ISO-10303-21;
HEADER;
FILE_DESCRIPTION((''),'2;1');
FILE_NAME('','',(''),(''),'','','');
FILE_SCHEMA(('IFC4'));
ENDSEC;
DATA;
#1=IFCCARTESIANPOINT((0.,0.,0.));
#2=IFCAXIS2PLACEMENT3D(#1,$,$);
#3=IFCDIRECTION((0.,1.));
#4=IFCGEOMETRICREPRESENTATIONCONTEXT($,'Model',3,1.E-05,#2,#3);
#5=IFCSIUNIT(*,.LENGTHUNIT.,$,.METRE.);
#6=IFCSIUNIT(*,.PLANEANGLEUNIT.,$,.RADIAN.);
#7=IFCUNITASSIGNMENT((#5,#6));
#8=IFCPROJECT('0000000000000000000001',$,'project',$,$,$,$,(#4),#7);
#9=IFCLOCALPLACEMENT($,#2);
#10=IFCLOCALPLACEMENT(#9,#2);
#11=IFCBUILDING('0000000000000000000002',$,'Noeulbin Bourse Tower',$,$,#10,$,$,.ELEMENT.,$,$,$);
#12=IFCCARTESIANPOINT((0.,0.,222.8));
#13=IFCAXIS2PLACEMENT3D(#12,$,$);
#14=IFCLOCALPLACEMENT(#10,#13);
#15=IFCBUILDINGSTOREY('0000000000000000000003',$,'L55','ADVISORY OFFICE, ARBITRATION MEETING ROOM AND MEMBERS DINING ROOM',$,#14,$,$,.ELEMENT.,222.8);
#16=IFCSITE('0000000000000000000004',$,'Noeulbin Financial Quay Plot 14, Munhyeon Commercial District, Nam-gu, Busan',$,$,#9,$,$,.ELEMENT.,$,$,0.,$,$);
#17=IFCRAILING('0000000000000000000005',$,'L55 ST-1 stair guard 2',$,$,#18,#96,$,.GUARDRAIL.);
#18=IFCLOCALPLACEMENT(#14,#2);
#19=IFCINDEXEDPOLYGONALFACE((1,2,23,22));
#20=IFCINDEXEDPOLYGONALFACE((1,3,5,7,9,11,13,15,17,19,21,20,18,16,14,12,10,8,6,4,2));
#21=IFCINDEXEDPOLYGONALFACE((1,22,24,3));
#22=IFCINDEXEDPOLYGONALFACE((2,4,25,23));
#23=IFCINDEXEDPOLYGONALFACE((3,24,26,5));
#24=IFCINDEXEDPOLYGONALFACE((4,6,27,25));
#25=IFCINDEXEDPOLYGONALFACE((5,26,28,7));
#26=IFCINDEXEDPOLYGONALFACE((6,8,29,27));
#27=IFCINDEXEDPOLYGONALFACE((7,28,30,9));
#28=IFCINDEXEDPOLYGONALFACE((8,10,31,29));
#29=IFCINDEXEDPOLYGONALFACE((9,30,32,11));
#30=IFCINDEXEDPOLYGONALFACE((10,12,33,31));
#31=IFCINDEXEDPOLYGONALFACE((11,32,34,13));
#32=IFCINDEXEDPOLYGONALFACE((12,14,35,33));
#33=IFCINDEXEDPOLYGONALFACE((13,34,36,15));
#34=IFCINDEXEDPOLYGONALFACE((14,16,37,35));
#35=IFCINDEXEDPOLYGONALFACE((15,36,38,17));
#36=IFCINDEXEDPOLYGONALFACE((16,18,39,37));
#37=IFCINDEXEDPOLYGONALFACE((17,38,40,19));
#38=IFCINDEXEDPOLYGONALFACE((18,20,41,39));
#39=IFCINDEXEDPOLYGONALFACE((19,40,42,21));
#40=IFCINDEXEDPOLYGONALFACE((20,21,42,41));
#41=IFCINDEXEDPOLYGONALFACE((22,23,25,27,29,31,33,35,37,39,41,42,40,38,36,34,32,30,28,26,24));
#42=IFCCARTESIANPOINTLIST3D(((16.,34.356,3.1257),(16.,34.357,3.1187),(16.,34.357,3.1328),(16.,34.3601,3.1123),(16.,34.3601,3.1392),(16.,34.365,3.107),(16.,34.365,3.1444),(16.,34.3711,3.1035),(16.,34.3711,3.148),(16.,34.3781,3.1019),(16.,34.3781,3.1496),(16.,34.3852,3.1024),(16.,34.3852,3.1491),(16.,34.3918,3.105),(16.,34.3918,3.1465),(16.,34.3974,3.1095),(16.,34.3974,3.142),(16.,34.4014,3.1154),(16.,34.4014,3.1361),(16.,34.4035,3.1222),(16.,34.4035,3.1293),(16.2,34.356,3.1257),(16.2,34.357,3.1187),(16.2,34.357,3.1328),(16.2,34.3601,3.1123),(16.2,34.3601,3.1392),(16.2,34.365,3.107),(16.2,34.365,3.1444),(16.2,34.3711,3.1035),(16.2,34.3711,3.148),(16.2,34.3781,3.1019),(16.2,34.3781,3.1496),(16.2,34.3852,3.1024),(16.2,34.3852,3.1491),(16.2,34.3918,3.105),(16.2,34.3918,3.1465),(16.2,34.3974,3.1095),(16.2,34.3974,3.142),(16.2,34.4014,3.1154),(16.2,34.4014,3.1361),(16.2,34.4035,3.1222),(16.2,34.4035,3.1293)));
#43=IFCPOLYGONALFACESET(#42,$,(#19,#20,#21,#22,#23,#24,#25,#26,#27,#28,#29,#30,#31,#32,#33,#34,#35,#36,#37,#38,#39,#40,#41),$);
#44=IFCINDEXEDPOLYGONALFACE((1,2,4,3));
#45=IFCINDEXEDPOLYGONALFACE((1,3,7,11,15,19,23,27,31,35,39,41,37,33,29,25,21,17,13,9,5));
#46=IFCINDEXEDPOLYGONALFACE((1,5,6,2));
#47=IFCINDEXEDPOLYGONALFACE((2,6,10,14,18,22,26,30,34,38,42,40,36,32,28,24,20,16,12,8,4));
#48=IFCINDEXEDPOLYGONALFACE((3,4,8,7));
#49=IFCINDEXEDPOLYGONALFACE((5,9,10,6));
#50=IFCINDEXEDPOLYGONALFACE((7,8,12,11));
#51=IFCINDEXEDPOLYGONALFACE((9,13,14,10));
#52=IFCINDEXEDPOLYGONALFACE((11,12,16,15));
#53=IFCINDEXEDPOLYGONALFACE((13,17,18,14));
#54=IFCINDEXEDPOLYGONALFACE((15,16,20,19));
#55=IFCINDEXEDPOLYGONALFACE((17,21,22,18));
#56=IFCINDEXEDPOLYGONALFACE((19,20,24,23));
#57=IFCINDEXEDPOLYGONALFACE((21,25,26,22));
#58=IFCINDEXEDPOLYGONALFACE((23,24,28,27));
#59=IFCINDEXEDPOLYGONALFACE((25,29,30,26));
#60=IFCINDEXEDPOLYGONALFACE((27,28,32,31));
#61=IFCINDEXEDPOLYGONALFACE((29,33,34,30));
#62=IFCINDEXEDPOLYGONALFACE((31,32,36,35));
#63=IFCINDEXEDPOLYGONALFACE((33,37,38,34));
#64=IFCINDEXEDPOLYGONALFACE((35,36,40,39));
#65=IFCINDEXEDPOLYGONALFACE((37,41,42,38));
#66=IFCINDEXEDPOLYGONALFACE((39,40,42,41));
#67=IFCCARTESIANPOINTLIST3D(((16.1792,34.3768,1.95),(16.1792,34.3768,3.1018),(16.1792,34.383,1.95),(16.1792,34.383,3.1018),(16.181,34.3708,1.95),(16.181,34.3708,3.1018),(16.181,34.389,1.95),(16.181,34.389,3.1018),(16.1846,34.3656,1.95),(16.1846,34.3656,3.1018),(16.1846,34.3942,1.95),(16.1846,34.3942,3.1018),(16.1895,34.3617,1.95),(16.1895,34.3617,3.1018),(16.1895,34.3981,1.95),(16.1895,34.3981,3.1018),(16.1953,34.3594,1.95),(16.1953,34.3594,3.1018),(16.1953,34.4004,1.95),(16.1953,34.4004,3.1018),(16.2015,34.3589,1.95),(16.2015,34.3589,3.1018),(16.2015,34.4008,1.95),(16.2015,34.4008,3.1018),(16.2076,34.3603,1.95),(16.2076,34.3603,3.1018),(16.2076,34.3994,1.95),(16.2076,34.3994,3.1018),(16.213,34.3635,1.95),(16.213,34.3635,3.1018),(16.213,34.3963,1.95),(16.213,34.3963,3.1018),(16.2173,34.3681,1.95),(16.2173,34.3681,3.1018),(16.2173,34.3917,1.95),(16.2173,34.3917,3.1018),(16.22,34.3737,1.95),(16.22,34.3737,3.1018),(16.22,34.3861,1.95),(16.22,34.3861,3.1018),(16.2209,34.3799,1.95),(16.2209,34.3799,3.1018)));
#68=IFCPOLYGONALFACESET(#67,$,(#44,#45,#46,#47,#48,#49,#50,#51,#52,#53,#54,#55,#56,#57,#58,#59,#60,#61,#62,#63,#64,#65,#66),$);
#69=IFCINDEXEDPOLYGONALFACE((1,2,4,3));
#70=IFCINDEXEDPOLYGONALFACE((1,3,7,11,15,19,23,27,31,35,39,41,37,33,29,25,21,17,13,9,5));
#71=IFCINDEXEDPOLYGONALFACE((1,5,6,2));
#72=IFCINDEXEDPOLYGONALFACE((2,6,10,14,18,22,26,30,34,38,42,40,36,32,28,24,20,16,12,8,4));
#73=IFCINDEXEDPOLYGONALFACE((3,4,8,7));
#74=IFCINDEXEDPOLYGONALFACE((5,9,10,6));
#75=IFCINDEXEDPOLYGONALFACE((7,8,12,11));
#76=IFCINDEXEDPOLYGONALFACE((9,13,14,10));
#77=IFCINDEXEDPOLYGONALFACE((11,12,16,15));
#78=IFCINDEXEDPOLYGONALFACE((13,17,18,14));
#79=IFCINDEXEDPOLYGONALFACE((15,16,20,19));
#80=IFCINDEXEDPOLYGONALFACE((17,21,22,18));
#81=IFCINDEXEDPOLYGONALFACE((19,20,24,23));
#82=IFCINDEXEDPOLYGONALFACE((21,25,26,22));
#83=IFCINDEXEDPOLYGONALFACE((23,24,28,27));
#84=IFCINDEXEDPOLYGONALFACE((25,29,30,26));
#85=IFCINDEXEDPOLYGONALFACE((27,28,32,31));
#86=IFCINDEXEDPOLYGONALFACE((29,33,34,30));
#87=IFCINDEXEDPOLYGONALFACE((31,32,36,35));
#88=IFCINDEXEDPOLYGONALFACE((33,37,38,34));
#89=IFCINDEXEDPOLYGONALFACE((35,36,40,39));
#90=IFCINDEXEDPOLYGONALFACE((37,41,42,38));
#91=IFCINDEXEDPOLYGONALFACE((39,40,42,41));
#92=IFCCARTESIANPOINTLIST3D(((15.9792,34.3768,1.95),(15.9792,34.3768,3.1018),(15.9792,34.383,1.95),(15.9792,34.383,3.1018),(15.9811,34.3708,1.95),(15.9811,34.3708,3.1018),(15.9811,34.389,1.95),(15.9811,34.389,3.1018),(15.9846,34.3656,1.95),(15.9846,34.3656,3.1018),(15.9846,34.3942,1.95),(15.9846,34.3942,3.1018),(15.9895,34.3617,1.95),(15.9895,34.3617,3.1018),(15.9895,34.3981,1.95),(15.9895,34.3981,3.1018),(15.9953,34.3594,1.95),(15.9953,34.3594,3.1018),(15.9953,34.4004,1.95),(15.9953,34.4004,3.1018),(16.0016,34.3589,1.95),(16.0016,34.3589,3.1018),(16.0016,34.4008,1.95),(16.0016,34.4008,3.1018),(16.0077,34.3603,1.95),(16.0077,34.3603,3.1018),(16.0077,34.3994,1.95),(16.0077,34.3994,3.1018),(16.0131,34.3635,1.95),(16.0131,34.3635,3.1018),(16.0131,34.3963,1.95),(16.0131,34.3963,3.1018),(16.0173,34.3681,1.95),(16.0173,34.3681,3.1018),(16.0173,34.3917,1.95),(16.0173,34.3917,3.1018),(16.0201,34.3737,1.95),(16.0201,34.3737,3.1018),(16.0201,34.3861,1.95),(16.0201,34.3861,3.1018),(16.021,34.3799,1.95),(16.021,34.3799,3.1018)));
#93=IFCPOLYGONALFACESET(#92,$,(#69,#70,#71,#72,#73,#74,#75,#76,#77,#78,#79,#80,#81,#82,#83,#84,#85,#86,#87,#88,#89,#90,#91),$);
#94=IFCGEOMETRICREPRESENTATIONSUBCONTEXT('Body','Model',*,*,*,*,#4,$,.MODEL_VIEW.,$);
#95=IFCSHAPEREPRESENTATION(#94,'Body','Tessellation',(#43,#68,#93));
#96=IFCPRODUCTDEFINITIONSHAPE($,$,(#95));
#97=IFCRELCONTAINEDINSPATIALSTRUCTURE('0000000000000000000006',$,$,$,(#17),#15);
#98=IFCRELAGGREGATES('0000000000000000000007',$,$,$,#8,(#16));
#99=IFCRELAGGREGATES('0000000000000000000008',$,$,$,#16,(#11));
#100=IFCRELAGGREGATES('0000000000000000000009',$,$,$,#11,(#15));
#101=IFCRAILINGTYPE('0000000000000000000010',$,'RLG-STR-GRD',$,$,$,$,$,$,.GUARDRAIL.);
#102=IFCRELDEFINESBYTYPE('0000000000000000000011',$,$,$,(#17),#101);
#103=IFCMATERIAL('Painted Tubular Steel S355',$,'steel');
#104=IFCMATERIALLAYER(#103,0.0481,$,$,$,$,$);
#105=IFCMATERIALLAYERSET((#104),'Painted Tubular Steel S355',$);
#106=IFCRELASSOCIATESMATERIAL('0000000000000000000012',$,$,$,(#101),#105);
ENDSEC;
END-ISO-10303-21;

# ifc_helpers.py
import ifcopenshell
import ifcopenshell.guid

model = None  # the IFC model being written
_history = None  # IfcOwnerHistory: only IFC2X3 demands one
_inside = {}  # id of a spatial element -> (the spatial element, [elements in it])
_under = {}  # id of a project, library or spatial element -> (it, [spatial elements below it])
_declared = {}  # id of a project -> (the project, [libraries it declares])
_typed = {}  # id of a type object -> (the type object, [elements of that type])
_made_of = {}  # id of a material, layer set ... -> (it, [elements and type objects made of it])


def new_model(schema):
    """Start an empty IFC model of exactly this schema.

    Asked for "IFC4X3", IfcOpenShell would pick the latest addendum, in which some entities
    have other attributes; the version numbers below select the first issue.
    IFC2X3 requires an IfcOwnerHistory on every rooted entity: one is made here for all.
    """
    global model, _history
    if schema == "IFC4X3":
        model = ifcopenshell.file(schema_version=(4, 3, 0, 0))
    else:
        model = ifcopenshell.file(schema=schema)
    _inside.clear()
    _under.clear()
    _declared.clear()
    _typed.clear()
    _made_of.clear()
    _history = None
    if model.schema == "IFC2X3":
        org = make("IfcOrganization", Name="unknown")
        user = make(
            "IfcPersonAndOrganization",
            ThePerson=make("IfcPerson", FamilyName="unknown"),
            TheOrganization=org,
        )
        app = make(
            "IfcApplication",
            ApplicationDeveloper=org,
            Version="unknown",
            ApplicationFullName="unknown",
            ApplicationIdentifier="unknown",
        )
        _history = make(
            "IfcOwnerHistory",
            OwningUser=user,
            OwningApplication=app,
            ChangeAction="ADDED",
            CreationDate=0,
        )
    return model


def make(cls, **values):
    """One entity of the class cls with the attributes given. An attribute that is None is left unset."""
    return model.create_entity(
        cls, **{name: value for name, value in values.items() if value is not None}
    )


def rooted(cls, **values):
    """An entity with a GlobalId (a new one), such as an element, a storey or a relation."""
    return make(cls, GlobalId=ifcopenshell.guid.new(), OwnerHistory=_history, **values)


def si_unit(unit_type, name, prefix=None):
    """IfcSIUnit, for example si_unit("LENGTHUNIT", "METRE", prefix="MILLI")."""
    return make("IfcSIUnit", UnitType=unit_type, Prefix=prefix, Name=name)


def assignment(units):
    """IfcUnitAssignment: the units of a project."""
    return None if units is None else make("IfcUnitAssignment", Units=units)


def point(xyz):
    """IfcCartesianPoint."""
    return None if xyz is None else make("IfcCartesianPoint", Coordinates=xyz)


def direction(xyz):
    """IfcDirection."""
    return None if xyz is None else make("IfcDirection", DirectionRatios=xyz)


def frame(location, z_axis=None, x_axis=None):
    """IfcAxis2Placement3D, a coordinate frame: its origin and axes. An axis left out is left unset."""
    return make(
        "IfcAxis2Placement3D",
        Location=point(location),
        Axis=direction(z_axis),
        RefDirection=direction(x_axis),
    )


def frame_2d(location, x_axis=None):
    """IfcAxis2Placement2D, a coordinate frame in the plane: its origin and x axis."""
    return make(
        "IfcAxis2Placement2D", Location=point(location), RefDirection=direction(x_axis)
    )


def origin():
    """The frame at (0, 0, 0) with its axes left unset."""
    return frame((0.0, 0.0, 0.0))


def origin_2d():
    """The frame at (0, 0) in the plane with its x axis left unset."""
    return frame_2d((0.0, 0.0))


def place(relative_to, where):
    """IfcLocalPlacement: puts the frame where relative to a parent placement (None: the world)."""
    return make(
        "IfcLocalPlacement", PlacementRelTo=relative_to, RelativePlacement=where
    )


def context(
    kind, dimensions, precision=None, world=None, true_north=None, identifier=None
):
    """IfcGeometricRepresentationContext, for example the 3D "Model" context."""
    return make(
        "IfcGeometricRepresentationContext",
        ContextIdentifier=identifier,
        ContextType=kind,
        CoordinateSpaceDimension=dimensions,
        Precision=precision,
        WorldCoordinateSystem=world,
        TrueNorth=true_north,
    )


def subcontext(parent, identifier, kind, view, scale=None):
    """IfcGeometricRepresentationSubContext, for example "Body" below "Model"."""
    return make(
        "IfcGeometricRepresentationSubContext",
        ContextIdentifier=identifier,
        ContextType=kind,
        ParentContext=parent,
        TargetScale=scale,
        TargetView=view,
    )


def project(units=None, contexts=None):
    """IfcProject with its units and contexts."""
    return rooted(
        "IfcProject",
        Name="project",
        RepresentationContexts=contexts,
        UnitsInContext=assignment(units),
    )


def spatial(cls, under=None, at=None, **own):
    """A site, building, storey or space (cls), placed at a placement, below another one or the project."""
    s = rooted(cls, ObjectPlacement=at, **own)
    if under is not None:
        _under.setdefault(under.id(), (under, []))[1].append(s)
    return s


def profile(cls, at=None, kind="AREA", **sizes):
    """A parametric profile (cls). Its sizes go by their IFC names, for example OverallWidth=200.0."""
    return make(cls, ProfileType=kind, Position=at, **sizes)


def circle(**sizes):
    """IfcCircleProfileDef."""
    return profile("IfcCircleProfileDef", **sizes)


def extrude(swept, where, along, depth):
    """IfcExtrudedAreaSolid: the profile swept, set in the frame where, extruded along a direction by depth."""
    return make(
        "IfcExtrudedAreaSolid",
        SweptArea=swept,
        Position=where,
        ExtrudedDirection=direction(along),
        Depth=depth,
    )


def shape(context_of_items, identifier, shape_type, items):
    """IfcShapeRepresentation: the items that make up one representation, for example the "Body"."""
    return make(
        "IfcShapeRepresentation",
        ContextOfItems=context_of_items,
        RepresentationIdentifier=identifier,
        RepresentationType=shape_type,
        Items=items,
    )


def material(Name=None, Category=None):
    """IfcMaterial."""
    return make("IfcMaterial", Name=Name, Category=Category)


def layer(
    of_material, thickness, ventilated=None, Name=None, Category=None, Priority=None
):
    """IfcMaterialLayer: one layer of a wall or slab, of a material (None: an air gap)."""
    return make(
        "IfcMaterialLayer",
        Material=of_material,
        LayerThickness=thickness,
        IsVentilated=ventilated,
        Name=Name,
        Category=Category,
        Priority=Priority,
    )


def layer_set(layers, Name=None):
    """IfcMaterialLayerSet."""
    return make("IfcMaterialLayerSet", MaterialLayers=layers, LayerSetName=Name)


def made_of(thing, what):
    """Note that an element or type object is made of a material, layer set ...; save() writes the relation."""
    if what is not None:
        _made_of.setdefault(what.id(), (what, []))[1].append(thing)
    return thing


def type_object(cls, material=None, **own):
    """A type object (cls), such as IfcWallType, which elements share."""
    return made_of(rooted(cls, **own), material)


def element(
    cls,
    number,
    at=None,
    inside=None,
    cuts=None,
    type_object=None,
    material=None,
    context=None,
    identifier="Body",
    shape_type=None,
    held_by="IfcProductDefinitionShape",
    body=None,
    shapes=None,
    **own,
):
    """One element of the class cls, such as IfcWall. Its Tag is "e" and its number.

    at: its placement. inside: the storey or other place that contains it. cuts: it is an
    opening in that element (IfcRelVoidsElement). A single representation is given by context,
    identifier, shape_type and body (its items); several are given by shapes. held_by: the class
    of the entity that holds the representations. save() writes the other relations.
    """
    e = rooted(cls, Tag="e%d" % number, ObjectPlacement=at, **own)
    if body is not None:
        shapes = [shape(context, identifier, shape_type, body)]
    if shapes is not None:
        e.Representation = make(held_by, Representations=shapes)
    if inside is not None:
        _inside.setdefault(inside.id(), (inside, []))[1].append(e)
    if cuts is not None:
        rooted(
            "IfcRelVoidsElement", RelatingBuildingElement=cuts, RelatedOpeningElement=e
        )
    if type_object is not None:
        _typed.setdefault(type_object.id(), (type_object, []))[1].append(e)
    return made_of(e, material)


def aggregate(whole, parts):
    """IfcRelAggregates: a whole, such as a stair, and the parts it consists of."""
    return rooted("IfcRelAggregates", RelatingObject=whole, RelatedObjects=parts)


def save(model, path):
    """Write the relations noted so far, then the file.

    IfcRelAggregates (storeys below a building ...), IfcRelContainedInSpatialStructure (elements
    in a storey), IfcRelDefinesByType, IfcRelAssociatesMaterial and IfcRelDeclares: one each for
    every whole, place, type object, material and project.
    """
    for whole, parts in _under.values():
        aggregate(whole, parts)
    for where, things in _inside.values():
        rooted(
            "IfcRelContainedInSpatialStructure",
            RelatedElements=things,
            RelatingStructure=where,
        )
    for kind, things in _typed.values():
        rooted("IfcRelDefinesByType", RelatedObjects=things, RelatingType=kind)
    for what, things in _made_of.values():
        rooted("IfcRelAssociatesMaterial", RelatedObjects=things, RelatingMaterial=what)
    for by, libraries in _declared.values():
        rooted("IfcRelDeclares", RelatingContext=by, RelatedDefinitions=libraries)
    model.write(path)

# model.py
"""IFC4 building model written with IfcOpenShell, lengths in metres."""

from ifc_helpers import new_model, si_unit, direction, frame, origin, origin_2d, place, context, subcontext, project, spatial, circle, extrude, material, layer, layer_set, type_object, element, save


model = new_model("IFC4")

# Units and contexts
model_context = context("Model", 3, precision=1e-05, world=origin(), true_north=direction((0.0, 1.0)))
body_context = subcontext(model_context, "Body", "Model", "MODEL_VIEW")
ifc_project = project(units=[si_unit("LENGTHUNIT", "METRE"), si_unit("PLANEANGLEUNIT", "RADIAN")], contexts=[model_context])

# Site, building, storey
site_placement = place(None, origin())
site = spatial("IfcSite", under=ifc_project, at=site_placement, Name="Noeulbin Financial Quay Plot 14, Munhyeon Commercial District, Nam-gu, Busan", CompositionType="ELEMENT", RefElevation=0.0)
building_placement = place(site_placement, origin())
building = spatial("IfcBuilding", under=site, at=building_placement, Name="Noeulbin Bourse Tower", CompositionType="ELEMENT")
storey_placement = place(building_placement, frame((0.0, 0.0, 222.8)))
storey = spatial("IfcBuildingStorey", under=building, at=storey_placement, Name="L55", Description="ADVISORY OFFICE, ARBITRATION MEETING ROOM AND MEMBERS DINING ROOM", CompositionType="ELEMENT", Elevation=222.8)

# Railing
ifc_material_1 = material(Name="Painted Tubular Steel S355", Category="steel")
ifc_layer_1 = layer(ifc_material_1, 0.0481)
ifc_layer_set_1 = layer_set([ifc_layer_1], Name="Painted Tubular Steel S355")
railing_type_1 = type_object("IfcRailingType", Name="RLG-STR-GRD", PredefinedType="GUARDRAIL", material=ifc_layer_set_1)
railing_1_placement = place(storey_placement, frame((16.2, 34.3799, 1.95)))
element("IfcRailing", 1, at=railing_1_placement, inside=storey, type_object=railing_type_1, Name="L55 ST-1 stair guard 2", PredefinedType="GUARDRAIL", context=body_context, shape_type="SweptSolid", body=[
    extrude(circle(Radius=0.0239, at=origin_2d()), frame((0.0, 0.0, 1.1758), z_axis=(-1.0, 0.0, 0.0), x_axis=(0.0, -1.0, 0.0)), (0.0, 0.0, 1.0), 0.2),
    extrude(circle(Radius=0.021, at=origin_2d()), origin(), (0.0, 0.0, 1.0), 1.1519),
    extrude(circle(Radius=0.021, at=origin_2d()), frame((-0.2, 0.0, 0.0)), (0.0, 0.0, 1.0), 1.1519),
])

save(model, "model.ifc")
